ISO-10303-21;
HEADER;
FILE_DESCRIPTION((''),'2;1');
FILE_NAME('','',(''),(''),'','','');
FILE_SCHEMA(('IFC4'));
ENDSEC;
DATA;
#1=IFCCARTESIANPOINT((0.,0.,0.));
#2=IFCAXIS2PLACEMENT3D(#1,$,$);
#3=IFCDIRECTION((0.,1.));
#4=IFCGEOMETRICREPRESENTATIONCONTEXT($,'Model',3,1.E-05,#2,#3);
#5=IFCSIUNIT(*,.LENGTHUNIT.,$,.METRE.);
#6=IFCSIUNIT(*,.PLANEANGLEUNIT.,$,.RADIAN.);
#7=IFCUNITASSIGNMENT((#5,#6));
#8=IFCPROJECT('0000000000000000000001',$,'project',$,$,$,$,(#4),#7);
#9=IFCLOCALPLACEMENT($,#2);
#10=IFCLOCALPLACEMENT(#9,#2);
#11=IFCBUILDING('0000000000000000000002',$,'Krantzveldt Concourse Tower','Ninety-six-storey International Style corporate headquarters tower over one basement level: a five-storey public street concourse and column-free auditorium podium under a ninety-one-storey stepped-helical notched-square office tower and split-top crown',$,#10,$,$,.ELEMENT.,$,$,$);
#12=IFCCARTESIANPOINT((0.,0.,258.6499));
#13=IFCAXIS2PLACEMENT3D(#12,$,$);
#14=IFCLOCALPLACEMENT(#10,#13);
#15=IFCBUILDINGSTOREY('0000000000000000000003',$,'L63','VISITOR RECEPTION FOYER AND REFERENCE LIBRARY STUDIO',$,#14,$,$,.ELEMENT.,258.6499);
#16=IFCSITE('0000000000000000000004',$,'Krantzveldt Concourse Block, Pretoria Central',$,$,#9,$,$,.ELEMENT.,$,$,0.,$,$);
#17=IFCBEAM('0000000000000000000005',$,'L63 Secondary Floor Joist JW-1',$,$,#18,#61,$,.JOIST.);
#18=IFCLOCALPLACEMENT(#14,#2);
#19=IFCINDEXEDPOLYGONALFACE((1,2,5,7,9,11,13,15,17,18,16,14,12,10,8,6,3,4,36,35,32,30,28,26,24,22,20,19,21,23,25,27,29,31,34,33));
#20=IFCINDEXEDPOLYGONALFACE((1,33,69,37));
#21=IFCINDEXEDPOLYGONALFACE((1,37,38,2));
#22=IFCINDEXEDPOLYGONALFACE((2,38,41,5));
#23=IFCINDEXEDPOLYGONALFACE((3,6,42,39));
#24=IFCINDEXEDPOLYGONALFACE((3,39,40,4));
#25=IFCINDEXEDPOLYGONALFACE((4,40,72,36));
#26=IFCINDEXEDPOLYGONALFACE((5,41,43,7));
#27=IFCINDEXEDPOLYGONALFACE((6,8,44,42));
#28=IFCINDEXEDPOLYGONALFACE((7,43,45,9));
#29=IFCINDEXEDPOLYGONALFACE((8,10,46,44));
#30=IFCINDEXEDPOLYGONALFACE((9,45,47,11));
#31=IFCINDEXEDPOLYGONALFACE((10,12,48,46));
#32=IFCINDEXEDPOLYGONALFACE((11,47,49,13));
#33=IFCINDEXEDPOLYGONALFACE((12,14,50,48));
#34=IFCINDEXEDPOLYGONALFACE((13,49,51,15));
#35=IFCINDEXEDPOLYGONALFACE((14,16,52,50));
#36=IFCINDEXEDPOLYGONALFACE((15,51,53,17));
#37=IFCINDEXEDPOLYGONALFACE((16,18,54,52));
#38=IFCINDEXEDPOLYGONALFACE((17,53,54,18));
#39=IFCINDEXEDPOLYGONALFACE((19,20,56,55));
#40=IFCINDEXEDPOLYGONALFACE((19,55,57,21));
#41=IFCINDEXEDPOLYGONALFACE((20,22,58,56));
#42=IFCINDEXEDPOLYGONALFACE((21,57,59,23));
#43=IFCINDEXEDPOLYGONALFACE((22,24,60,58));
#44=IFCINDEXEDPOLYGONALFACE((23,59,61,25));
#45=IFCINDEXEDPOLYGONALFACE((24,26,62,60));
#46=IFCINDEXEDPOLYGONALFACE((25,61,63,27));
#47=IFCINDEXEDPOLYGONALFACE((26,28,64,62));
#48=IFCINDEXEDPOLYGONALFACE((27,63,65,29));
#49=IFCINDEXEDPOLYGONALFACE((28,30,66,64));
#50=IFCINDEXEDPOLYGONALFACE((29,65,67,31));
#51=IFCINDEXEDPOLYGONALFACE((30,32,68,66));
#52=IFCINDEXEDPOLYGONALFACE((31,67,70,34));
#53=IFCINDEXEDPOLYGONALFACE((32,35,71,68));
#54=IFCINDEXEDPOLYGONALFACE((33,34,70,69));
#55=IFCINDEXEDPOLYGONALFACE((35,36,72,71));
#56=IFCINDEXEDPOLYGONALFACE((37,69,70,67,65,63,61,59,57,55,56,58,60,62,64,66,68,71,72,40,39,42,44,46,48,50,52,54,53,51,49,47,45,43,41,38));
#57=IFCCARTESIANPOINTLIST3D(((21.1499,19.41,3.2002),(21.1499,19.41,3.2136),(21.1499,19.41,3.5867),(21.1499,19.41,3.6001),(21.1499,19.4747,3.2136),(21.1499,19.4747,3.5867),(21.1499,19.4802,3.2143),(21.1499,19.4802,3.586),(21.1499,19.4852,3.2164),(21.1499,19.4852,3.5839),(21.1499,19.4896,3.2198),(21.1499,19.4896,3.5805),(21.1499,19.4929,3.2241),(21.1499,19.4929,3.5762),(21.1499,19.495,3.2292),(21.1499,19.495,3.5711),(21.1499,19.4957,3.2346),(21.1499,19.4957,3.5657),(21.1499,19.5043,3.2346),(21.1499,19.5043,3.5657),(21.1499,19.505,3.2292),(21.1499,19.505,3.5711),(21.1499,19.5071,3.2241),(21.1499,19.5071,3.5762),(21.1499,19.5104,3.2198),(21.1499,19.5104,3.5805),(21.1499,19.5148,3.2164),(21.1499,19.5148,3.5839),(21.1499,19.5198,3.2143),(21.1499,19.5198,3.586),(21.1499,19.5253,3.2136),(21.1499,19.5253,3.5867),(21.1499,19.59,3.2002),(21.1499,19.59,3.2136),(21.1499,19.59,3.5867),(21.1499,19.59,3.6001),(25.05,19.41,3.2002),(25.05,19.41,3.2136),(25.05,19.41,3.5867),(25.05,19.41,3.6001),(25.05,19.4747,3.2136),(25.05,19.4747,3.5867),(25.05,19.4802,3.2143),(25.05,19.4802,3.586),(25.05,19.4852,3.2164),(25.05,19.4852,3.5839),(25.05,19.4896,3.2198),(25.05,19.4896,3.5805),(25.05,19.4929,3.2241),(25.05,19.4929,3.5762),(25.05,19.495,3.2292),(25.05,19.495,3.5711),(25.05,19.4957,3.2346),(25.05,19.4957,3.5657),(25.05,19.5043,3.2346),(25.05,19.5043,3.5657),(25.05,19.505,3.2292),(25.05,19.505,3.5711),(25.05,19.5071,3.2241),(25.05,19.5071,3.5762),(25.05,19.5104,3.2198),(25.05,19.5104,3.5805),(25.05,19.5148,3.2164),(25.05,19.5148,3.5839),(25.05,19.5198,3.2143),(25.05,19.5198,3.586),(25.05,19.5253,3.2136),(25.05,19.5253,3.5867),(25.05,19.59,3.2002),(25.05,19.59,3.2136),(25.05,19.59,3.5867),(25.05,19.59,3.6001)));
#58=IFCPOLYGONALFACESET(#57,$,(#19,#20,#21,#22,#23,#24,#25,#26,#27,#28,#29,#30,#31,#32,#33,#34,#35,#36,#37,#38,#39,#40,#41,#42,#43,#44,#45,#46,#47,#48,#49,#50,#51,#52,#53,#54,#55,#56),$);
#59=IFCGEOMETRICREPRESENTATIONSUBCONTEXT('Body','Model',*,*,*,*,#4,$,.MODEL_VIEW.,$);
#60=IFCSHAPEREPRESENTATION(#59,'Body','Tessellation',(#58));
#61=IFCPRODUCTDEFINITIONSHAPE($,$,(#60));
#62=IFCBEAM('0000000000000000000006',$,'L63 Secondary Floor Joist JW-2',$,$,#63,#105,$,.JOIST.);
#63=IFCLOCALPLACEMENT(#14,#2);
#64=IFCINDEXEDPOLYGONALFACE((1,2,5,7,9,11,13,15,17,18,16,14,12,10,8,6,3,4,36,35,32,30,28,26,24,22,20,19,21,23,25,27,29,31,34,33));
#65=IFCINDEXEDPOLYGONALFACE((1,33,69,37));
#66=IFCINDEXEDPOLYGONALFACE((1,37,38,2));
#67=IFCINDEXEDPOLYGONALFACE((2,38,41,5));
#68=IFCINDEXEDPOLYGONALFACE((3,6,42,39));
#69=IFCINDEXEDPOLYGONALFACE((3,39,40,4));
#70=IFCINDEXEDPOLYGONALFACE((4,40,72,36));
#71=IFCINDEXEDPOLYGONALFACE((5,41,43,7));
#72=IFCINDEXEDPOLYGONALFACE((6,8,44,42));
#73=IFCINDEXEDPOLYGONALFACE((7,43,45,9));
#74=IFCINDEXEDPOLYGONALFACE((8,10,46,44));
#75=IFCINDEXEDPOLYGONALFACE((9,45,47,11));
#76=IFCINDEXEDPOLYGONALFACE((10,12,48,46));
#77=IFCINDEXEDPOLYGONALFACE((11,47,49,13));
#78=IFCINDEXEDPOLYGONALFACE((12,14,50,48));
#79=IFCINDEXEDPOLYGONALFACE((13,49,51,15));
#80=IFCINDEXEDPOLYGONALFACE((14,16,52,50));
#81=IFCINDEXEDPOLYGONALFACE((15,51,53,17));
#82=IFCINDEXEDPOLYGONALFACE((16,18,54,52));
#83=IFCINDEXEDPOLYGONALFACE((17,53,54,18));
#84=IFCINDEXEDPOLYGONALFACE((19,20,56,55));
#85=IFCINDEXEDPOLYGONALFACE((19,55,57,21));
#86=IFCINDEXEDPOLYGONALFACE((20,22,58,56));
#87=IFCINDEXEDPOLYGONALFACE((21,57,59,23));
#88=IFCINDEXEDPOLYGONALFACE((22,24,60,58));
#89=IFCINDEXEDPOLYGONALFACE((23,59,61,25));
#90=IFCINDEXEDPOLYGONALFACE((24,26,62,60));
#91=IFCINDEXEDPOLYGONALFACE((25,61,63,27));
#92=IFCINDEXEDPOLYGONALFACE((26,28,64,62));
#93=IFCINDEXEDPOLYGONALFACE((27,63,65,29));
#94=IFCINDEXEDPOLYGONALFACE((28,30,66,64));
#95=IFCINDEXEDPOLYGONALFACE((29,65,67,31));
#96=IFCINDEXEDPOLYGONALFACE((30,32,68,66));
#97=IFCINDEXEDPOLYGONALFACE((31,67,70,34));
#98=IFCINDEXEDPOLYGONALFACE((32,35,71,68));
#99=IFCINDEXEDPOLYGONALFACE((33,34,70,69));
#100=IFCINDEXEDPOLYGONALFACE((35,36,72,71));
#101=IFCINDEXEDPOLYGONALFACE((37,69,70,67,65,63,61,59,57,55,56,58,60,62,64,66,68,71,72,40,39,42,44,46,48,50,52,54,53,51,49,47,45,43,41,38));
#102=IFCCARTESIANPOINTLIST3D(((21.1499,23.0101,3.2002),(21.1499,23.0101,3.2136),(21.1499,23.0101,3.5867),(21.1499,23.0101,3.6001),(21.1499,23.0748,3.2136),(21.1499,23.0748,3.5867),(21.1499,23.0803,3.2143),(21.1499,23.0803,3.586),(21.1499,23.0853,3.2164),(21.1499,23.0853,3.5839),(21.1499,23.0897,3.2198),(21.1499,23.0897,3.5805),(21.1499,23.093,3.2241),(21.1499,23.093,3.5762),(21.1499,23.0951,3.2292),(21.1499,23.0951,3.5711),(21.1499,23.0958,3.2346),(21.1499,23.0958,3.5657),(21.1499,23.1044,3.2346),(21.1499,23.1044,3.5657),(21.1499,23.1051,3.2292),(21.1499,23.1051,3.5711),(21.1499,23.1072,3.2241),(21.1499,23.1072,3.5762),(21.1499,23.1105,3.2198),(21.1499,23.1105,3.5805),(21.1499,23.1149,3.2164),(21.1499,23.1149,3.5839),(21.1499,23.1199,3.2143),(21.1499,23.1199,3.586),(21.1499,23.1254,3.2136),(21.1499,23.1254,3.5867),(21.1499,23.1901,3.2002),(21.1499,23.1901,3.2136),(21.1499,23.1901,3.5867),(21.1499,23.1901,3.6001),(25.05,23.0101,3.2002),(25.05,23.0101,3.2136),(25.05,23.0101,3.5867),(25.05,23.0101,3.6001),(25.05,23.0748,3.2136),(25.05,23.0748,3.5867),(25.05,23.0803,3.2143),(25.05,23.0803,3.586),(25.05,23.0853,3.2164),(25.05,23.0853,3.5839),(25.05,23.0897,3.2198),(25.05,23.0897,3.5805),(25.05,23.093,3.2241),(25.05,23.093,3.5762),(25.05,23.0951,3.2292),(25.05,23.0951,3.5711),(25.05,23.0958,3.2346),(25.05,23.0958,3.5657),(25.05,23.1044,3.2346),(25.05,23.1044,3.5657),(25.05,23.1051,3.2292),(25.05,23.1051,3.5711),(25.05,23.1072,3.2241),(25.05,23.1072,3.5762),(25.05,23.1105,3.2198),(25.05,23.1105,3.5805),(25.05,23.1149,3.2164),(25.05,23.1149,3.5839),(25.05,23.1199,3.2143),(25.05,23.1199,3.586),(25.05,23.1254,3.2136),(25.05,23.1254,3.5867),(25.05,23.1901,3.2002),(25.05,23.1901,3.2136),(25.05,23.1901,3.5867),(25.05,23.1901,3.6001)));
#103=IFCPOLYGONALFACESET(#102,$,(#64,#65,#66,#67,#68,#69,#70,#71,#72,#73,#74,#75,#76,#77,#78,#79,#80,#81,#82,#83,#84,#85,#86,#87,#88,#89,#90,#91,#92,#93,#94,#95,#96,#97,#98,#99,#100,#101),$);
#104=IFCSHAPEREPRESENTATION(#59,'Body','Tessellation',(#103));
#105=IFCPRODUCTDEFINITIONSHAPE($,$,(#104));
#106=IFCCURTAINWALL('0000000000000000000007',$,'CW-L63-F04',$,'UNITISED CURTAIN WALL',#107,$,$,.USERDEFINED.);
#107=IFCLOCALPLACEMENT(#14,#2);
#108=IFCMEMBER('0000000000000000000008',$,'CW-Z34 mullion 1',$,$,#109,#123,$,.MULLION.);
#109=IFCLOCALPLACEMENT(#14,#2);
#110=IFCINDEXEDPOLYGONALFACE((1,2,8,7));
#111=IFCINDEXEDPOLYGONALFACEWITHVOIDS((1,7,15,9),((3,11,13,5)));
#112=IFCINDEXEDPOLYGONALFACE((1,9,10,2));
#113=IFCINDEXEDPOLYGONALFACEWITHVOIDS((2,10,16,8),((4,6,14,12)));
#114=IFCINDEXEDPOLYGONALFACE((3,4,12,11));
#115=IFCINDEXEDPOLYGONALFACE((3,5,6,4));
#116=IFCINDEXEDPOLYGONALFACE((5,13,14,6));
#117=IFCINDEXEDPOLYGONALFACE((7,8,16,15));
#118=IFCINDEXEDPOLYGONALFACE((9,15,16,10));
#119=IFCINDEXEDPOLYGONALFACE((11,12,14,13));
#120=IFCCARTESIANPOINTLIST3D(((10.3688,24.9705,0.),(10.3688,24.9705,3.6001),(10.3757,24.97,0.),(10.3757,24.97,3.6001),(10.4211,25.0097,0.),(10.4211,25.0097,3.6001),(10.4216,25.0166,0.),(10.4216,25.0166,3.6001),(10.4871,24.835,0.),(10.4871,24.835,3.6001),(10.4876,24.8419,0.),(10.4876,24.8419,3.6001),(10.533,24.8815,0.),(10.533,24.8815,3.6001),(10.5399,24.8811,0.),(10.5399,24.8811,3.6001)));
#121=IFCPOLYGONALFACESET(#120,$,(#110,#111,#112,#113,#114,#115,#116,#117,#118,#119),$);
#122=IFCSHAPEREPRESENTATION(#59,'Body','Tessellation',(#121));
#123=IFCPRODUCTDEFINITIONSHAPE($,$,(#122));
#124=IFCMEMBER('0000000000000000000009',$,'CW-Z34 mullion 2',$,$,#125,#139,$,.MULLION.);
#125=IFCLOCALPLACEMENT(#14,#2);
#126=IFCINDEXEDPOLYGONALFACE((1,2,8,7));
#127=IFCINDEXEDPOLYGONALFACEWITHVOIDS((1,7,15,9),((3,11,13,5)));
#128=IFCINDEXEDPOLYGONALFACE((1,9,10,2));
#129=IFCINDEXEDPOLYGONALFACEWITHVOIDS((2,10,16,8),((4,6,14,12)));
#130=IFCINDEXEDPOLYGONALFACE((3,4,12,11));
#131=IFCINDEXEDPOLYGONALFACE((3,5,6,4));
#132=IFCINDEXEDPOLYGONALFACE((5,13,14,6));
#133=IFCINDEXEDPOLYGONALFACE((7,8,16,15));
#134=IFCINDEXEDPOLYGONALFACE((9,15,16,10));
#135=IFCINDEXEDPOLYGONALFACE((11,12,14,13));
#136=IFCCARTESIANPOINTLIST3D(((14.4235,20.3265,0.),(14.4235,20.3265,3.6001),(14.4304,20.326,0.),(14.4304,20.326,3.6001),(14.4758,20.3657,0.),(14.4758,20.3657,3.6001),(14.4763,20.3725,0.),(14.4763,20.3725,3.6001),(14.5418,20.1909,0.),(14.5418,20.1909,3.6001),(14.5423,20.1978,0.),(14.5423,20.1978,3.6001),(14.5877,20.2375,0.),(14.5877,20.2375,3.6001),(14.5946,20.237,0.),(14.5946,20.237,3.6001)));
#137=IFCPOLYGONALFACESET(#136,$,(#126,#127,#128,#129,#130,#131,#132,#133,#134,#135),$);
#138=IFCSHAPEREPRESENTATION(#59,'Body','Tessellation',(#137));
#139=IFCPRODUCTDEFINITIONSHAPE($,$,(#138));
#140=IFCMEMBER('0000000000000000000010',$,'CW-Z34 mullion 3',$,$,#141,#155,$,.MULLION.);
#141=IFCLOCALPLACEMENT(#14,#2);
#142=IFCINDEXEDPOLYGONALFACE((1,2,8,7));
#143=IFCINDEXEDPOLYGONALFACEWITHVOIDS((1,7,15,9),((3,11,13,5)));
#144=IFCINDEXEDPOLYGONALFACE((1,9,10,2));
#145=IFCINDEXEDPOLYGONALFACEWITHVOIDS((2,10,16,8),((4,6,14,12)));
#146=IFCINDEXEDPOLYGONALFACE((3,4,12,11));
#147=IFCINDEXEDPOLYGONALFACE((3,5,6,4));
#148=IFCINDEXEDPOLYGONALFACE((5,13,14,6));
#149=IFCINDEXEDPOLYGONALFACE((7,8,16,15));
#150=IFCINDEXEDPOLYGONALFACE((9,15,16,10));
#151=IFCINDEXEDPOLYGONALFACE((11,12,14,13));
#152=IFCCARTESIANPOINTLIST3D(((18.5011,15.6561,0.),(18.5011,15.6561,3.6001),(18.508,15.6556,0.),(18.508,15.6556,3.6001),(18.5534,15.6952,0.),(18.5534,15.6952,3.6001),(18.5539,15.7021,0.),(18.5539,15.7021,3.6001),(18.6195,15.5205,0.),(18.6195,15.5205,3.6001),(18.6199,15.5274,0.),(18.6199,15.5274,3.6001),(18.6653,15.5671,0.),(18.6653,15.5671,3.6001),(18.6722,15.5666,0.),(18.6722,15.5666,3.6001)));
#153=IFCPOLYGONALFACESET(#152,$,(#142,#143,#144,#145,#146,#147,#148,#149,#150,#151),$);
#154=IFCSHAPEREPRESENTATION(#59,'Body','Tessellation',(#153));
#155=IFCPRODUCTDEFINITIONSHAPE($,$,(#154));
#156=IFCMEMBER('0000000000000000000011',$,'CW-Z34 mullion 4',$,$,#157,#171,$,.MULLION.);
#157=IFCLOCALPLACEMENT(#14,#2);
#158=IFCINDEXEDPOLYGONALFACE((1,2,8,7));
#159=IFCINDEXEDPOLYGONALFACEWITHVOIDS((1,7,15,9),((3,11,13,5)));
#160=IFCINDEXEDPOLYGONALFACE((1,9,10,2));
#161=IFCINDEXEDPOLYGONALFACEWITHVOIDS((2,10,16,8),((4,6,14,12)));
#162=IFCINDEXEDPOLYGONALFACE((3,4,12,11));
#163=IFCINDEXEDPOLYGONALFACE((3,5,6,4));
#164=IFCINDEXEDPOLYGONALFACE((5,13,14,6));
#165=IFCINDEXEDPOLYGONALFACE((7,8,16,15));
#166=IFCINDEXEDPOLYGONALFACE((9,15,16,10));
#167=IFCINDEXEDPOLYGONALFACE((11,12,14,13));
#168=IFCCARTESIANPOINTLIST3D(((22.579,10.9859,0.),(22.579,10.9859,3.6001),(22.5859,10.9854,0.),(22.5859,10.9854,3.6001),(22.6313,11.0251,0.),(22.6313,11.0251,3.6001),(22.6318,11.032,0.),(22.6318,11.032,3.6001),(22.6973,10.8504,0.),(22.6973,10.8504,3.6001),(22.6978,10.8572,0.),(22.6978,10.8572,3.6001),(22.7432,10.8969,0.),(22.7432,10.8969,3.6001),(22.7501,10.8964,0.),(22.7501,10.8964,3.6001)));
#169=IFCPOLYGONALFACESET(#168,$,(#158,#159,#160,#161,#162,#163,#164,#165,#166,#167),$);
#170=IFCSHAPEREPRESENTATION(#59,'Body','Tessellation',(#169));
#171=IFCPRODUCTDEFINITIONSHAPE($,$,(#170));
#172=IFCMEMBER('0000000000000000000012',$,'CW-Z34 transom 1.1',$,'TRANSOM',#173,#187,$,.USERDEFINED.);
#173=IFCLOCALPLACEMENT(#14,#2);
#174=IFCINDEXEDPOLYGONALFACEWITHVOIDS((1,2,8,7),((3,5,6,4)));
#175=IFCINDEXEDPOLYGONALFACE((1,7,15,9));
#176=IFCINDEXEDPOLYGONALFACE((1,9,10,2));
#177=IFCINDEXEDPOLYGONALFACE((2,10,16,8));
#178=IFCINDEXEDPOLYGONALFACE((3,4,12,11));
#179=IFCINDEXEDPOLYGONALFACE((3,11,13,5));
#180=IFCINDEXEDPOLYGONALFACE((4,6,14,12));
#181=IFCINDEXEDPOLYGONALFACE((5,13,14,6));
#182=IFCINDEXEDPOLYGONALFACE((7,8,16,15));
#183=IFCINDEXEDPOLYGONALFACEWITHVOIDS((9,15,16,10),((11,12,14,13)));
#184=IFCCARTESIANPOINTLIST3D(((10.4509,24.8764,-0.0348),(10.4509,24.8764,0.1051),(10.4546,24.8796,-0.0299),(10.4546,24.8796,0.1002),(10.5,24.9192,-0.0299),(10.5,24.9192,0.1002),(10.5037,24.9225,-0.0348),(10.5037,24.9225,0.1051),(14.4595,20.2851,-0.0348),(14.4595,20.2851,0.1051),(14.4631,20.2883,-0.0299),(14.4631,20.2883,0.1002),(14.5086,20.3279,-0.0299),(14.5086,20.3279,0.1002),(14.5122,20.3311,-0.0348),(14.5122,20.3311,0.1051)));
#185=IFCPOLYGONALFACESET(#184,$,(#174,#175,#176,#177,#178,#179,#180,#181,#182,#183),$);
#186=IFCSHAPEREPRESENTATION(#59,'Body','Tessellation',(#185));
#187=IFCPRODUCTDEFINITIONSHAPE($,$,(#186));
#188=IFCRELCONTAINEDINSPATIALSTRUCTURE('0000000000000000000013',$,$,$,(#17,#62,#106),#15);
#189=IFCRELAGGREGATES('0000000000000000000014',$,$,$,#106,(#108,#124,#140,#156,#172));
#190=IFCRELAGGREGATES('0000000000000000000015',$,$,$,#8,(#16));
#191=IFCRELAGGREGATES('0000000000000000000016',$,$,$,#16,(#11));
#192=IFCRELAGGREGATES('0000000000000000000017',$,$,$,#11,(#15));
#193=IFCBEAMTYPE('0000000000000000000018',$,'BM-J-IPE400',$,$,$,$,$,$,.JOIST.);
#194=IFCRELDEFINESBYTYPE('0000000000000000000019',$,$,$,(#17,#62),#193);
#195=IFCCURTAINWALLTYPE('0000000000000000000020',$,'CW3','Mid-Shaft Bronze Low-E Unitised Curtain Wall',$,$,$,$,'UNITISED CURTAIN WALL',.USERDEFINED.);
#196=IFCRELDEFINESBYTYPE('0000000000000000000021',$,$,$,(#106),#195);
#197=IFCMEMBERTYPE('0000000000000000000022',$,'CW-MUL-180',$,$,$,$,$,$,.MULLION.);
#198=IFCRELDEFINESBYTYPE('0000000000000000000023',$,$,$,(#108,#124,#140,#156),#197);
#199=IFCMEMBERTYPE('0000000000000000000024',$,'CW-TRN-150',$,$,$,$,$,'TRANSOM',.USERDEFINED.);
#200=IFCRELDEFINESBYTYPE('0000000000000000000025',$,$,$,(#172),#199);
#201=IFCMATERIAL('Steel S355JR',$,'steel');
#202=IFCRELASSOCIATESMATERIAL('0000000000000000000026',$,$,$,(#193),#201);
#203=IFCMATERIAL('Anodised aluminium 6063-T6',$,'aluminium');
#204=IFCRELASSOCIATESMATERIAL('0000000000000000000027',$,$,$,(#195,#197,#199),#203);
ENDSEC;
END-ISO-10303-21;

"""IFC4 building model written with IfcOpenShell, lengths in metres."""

from ifc_helpers import new_model, si_unit, direction, frame, origin, origin_2d, place, context, subcontext, project, spatial, hollow_rectangle, i_section, extrude, source, transform, mapped, material, material_profile, profile_set, type_object, type_shapes, element, aggregate, save


model = new_model("IFC4")

# Units and contexts
model_context = context("Model", 3, precision=1e-05, world=origin(), true_north=direction((0.0, 1.0)))
body_context = subcontext(model_context, "Body", "Model", "MODEL_VIEW")
ifc_project = project(units=[si_unit("LENGTHUNIT", "METRE"), si_unit("PLANEANGLEUNIT", "RADIAN")], contexts=[model_context])

# Site, building, storey
site_placement = place(None, origin())
site = spatial("IfcSite", under=ifc_project, at=site_placement, Name="Krantzveldt Concourse Block, Pretoria Central", CompositionType="ELEMENT", RefElevation=0.0)
building_placement = place(site_placement, origin())
building = spatial("IfcBuilding", under=site, at=building_placement, Name="Krantzveldt Concourse Tower", Description="Ninety-six-storey International Style corporate headquarters tower over one basement level: a five-storey public street concourse and column-free auditorium podium under a ninety-one-storey stepped-helical notched-square office tower and split-top crown", CompositionType="ELEMENT")
storey_placement = place(building_placement, frame((0.0, 0.0, 258.6499)))
storey = spatial("IfcBuildingStorey", under=building, at=storey_placement, Name="L63", Description="VISITOR RECEPTION FOYER AND REFERENCE LIBRARY STUDIO", CompositionType="ELEMENT", Elevation=258.6499)

# Beams
ifc_material_1 = material(Name="Steel S355JR", Category="steel")
ifc_material_profile_1 = material_profile(ifc_material_1, i_section(OverallWidth=0.1799, OverallDepth=0.3999, WebThickness=0.0085, FlangeThickness=0.0134, FilletRadius=0.021, at=origin_2d()), Name="Steel S355JR", Category="steel")
ifc_profile_set_1 = profile_set([ifc_material_profile_1], Name="Steel S355JR - IPE 400")
beam_type_1 = type_object("IfcBeamType", Name="BM-J-IPE400", PredefinedType="JOIST", material=ifc_profile_set_1)
shared_shape_1 = source(origin(), body_context, "Body", "SweptSolid", [
    extrude(i_section(OverallWidth=0.1799, OverallDepth=0.3999, WebThickness=0.0085, FlangeThickness=0.0134, FilletRadius=0.021, at=origin_2d()), origin(), (0.0, 0.0, 1.0), 3.9001),
])
type_shapes(beam_type_1, [shared_shape_1])
for number, where, z_axis, x_axis, name in (
    (1, (21.1499, 19.5, 3.4001), (1.0, 0.0, 0.0), (0.0, 1.0, 0.0), "L63 Secondary Floor Joist JW-1"),
    (2, (21.1499, 23.1001, 3.4001), (1.0, 0.0, 0.0), (0.0, 1.0, 0.0), "L63 Secondary Floor Joist JW-2"),
):
    element("IfcBeam", number, at=place(storey_placement, frame(where, z_axis=z_axis, x_axis=x_axis)), inside=storey, type_object=beam_type_1, Name=name, PredefinedType="JOIST", context=body_context, shape_type="MappedRepresentation", body=[
        mapped(shared_shape_1, transform((0.0, 0.0, 0.0), x_axis=(1.0, 0.0, 0.0), y_axis=(0.0, 1.0, 0.0), z_axis=(0.0, 0.0, 1.0), scale=1.0)),
    ])

# Curtain wall, members
ifc_material_2 = material(Name="Anodised aluminium 6063-T6", Category="aluminium")
curtain_wall_type = type_object("IfcCurtainWallType", Name="CW3", Description="Mid-Shaft Bronze Low-E Unitised Curtain Wall", ElementType="UNITISED CURTAIN WALL", PredefinedType="USERDEFINED", material=ifc_material_2)
curtain_wall_placement = place(storey_placement, origin())
curtain_wall = element("IfcCurtainWall", 3, at=curtain_wall_placement, inside=storey, type_object=curtain_wall_type, Name="CW-L63-F04", ObjectType="UNITISED CURTAIN WALL", PredefinedType="USERDEFINED")
ifc_material_profile_2 = material_profile(ifc_material_2, hollow_rectangle(XDim=0.0701, YDim=0.1799, WallThickness=0.0049, at=origin_2d()), Name="Anodised aluminium 6063-T6", Category="aluminium")
ifc_profile_set_2 = profile_set([ifc_material_profile_2], Name="Anodised aluminium 6063-T6 - ALU-MULL 180x70x5")
member_type_1 = type_object("IfcMemberType", Name="CW-MUL-180", PredefinedType="MULLION", material=ifc_profile_set_2)
shared_shape_2 = source(origin(), body_context, "Body", "SweptSolid", [
    extrude(hollow_rectangle(XDim=0.0701, YDim=0.1799, WallThickness=0.0049, at=origin_2d()), origin(), (0.0, 0.0, 1.0), 3.6001),
])
type_shapes(member_type_1, [shared_shape_2])
member_1_placement = place(storey_placement, frame((10.4543, 24.9258, 0.0), z_axis=(0.0, 0.0, 1.0), x_axis=(0.753277, 0.657704, 0.0)))
member_1 = element("IfcMember", 4, at=member_1_placement, type_object=member_type_1, Name="CW-Z34 mullion 1", PredefinedType="MULLION", context=body_context, shape_type="MappedRepresentation", body=[
    mapped(shared_shape_2, transform((0.0, 0.0, 0.0), x_axis=(1.0, 0.0, 0.0), y_axis=(0.0, 1.0, 0.0), z_axis=(0.0, 0.0, 1.0), scale=1.0)),
])
member_2_placement = place(storey_placement, frame((14.509, 20.2817, 0.0), z_axis=(0.0, 0.0, 1.0), x_axis=(0.753277, 0.657704, 0.0)))
member_2 = element("IfcMember", 5, at=member_2_placement, type_object=member_type_1, Name="CW-Z34 mullion 2", PredefinedType="MULLION", context=body_context, shape_type="MappedRepresentation", body=[
    mapped(shared_shape_2, transform((0.0, 0.0, 0.0), x_axis=(1.0, 0.0, 0.0), y_axis=(0.0, 1.0, 0.0), z_axis=(0.0, 0.0, 1.0), scale=1.0)),
])
member_3_placement = place(storey_placement, frame((18.5867, 15.6113, 0.0), z_axis=(0.0, 0.0, 1.0), x_axis=(0.753277, 0.657704, 0.0)))
member_3 = element("IfcMember", 6, at=member_3_placement, type_object=member_type_1, Name="CW-Z34 mullion 3", PredefinedType="MULLION", context=body_context, shape_type="MappedRepresentation", body=[
    mapped(shared_shape_2, transform((0.0, 0.0, 0.0), x_axis=(1.0, 0.0, 0.0), y_axis=(0.0, 1.0, 0.0), z_axis=(0.0, 0.0, 1.0), scale=1.0)),
])
member_4_placement = place(storey_placement, frame((22.6646, 10.9412, 0.0), z_axis=(0.0, 0.0, 1.0), x_axis=(0.753277, 0.657704, 0.0)))
member_4 = element("IfcMember", 7, at=member_4_placement, type_object=member_type_1, Name="CW-Z34 mullion 4", PredefinedType="MULLION", context=body_context, shape_type="MappedRepresentation", body=[
    mapped(shared_shape_2, transform((0.0, 0.0, 0.0), x_axis=(1.0, 0.0, 0.0), y_axis=(0.0, 1.0, 0.0), z_axis=(0.0, 0.0, 1.0), scale=1.0)),
])
ifc_material_profile_3 = material_profile(ifc_material_2, hollow_rectangle(XDim=0.0701, YDim=0.1399, WallThickness=0.0049, at=origin_2d()), Name="Anodised aluminium 6063-T6", Category="aluminium")
ifc_profile_set_3 = profile_set([ifc_material_profile_3], Name="Anodised aluminium 6063-T6 - ALU-TRAN 140x70x5")
member_type_2 = type_object("IfcMemberType", Name="CW-TRN-150", ElementType="TRANSOM", PredefinedType="USERDEFINED", material=ifc_profile_set_3)
shared_shape_3 = source(origin(), body_context, "Body", "SweptSolid", [
    extrude(hollow_rectangle(XDim=0.0701, YDim=0.1399, WallThickness=0.0049, at=origin_2d()), origin(), (0.0, 0.0, 1.0), 6.095),
])
member_5_placement = place(storey_placement, frame((10.4773, 24.8994, 0.0352), z_axis=(0.657682, -0.753296, 0.0), x_axis=(0.753296, 0.657682, 0.0)))
member_5 = element("IfcMember", 8, at=member_5_placement, type_object=member_type_2, Name="CW-Z34 transom 1.1", ObjectType="TRANSOM", PredefinedType="USERDEFINED", context=body_context, shape_type="MappedRepresentation", body=[
    mapped(shared_shape_3, transform((0.0, 0.0, 0.0), x_axis=(1.0, 0.0, 0.0), y_axis=(0.0, 1.0, 0.0), z_axis=(0.0, 0.0, 1.0), scale=1.0)),
])

aggregate(curtain_wall, [member_1, member_2, member_3, member_4, member_5])

save(model, "model.ifc")
